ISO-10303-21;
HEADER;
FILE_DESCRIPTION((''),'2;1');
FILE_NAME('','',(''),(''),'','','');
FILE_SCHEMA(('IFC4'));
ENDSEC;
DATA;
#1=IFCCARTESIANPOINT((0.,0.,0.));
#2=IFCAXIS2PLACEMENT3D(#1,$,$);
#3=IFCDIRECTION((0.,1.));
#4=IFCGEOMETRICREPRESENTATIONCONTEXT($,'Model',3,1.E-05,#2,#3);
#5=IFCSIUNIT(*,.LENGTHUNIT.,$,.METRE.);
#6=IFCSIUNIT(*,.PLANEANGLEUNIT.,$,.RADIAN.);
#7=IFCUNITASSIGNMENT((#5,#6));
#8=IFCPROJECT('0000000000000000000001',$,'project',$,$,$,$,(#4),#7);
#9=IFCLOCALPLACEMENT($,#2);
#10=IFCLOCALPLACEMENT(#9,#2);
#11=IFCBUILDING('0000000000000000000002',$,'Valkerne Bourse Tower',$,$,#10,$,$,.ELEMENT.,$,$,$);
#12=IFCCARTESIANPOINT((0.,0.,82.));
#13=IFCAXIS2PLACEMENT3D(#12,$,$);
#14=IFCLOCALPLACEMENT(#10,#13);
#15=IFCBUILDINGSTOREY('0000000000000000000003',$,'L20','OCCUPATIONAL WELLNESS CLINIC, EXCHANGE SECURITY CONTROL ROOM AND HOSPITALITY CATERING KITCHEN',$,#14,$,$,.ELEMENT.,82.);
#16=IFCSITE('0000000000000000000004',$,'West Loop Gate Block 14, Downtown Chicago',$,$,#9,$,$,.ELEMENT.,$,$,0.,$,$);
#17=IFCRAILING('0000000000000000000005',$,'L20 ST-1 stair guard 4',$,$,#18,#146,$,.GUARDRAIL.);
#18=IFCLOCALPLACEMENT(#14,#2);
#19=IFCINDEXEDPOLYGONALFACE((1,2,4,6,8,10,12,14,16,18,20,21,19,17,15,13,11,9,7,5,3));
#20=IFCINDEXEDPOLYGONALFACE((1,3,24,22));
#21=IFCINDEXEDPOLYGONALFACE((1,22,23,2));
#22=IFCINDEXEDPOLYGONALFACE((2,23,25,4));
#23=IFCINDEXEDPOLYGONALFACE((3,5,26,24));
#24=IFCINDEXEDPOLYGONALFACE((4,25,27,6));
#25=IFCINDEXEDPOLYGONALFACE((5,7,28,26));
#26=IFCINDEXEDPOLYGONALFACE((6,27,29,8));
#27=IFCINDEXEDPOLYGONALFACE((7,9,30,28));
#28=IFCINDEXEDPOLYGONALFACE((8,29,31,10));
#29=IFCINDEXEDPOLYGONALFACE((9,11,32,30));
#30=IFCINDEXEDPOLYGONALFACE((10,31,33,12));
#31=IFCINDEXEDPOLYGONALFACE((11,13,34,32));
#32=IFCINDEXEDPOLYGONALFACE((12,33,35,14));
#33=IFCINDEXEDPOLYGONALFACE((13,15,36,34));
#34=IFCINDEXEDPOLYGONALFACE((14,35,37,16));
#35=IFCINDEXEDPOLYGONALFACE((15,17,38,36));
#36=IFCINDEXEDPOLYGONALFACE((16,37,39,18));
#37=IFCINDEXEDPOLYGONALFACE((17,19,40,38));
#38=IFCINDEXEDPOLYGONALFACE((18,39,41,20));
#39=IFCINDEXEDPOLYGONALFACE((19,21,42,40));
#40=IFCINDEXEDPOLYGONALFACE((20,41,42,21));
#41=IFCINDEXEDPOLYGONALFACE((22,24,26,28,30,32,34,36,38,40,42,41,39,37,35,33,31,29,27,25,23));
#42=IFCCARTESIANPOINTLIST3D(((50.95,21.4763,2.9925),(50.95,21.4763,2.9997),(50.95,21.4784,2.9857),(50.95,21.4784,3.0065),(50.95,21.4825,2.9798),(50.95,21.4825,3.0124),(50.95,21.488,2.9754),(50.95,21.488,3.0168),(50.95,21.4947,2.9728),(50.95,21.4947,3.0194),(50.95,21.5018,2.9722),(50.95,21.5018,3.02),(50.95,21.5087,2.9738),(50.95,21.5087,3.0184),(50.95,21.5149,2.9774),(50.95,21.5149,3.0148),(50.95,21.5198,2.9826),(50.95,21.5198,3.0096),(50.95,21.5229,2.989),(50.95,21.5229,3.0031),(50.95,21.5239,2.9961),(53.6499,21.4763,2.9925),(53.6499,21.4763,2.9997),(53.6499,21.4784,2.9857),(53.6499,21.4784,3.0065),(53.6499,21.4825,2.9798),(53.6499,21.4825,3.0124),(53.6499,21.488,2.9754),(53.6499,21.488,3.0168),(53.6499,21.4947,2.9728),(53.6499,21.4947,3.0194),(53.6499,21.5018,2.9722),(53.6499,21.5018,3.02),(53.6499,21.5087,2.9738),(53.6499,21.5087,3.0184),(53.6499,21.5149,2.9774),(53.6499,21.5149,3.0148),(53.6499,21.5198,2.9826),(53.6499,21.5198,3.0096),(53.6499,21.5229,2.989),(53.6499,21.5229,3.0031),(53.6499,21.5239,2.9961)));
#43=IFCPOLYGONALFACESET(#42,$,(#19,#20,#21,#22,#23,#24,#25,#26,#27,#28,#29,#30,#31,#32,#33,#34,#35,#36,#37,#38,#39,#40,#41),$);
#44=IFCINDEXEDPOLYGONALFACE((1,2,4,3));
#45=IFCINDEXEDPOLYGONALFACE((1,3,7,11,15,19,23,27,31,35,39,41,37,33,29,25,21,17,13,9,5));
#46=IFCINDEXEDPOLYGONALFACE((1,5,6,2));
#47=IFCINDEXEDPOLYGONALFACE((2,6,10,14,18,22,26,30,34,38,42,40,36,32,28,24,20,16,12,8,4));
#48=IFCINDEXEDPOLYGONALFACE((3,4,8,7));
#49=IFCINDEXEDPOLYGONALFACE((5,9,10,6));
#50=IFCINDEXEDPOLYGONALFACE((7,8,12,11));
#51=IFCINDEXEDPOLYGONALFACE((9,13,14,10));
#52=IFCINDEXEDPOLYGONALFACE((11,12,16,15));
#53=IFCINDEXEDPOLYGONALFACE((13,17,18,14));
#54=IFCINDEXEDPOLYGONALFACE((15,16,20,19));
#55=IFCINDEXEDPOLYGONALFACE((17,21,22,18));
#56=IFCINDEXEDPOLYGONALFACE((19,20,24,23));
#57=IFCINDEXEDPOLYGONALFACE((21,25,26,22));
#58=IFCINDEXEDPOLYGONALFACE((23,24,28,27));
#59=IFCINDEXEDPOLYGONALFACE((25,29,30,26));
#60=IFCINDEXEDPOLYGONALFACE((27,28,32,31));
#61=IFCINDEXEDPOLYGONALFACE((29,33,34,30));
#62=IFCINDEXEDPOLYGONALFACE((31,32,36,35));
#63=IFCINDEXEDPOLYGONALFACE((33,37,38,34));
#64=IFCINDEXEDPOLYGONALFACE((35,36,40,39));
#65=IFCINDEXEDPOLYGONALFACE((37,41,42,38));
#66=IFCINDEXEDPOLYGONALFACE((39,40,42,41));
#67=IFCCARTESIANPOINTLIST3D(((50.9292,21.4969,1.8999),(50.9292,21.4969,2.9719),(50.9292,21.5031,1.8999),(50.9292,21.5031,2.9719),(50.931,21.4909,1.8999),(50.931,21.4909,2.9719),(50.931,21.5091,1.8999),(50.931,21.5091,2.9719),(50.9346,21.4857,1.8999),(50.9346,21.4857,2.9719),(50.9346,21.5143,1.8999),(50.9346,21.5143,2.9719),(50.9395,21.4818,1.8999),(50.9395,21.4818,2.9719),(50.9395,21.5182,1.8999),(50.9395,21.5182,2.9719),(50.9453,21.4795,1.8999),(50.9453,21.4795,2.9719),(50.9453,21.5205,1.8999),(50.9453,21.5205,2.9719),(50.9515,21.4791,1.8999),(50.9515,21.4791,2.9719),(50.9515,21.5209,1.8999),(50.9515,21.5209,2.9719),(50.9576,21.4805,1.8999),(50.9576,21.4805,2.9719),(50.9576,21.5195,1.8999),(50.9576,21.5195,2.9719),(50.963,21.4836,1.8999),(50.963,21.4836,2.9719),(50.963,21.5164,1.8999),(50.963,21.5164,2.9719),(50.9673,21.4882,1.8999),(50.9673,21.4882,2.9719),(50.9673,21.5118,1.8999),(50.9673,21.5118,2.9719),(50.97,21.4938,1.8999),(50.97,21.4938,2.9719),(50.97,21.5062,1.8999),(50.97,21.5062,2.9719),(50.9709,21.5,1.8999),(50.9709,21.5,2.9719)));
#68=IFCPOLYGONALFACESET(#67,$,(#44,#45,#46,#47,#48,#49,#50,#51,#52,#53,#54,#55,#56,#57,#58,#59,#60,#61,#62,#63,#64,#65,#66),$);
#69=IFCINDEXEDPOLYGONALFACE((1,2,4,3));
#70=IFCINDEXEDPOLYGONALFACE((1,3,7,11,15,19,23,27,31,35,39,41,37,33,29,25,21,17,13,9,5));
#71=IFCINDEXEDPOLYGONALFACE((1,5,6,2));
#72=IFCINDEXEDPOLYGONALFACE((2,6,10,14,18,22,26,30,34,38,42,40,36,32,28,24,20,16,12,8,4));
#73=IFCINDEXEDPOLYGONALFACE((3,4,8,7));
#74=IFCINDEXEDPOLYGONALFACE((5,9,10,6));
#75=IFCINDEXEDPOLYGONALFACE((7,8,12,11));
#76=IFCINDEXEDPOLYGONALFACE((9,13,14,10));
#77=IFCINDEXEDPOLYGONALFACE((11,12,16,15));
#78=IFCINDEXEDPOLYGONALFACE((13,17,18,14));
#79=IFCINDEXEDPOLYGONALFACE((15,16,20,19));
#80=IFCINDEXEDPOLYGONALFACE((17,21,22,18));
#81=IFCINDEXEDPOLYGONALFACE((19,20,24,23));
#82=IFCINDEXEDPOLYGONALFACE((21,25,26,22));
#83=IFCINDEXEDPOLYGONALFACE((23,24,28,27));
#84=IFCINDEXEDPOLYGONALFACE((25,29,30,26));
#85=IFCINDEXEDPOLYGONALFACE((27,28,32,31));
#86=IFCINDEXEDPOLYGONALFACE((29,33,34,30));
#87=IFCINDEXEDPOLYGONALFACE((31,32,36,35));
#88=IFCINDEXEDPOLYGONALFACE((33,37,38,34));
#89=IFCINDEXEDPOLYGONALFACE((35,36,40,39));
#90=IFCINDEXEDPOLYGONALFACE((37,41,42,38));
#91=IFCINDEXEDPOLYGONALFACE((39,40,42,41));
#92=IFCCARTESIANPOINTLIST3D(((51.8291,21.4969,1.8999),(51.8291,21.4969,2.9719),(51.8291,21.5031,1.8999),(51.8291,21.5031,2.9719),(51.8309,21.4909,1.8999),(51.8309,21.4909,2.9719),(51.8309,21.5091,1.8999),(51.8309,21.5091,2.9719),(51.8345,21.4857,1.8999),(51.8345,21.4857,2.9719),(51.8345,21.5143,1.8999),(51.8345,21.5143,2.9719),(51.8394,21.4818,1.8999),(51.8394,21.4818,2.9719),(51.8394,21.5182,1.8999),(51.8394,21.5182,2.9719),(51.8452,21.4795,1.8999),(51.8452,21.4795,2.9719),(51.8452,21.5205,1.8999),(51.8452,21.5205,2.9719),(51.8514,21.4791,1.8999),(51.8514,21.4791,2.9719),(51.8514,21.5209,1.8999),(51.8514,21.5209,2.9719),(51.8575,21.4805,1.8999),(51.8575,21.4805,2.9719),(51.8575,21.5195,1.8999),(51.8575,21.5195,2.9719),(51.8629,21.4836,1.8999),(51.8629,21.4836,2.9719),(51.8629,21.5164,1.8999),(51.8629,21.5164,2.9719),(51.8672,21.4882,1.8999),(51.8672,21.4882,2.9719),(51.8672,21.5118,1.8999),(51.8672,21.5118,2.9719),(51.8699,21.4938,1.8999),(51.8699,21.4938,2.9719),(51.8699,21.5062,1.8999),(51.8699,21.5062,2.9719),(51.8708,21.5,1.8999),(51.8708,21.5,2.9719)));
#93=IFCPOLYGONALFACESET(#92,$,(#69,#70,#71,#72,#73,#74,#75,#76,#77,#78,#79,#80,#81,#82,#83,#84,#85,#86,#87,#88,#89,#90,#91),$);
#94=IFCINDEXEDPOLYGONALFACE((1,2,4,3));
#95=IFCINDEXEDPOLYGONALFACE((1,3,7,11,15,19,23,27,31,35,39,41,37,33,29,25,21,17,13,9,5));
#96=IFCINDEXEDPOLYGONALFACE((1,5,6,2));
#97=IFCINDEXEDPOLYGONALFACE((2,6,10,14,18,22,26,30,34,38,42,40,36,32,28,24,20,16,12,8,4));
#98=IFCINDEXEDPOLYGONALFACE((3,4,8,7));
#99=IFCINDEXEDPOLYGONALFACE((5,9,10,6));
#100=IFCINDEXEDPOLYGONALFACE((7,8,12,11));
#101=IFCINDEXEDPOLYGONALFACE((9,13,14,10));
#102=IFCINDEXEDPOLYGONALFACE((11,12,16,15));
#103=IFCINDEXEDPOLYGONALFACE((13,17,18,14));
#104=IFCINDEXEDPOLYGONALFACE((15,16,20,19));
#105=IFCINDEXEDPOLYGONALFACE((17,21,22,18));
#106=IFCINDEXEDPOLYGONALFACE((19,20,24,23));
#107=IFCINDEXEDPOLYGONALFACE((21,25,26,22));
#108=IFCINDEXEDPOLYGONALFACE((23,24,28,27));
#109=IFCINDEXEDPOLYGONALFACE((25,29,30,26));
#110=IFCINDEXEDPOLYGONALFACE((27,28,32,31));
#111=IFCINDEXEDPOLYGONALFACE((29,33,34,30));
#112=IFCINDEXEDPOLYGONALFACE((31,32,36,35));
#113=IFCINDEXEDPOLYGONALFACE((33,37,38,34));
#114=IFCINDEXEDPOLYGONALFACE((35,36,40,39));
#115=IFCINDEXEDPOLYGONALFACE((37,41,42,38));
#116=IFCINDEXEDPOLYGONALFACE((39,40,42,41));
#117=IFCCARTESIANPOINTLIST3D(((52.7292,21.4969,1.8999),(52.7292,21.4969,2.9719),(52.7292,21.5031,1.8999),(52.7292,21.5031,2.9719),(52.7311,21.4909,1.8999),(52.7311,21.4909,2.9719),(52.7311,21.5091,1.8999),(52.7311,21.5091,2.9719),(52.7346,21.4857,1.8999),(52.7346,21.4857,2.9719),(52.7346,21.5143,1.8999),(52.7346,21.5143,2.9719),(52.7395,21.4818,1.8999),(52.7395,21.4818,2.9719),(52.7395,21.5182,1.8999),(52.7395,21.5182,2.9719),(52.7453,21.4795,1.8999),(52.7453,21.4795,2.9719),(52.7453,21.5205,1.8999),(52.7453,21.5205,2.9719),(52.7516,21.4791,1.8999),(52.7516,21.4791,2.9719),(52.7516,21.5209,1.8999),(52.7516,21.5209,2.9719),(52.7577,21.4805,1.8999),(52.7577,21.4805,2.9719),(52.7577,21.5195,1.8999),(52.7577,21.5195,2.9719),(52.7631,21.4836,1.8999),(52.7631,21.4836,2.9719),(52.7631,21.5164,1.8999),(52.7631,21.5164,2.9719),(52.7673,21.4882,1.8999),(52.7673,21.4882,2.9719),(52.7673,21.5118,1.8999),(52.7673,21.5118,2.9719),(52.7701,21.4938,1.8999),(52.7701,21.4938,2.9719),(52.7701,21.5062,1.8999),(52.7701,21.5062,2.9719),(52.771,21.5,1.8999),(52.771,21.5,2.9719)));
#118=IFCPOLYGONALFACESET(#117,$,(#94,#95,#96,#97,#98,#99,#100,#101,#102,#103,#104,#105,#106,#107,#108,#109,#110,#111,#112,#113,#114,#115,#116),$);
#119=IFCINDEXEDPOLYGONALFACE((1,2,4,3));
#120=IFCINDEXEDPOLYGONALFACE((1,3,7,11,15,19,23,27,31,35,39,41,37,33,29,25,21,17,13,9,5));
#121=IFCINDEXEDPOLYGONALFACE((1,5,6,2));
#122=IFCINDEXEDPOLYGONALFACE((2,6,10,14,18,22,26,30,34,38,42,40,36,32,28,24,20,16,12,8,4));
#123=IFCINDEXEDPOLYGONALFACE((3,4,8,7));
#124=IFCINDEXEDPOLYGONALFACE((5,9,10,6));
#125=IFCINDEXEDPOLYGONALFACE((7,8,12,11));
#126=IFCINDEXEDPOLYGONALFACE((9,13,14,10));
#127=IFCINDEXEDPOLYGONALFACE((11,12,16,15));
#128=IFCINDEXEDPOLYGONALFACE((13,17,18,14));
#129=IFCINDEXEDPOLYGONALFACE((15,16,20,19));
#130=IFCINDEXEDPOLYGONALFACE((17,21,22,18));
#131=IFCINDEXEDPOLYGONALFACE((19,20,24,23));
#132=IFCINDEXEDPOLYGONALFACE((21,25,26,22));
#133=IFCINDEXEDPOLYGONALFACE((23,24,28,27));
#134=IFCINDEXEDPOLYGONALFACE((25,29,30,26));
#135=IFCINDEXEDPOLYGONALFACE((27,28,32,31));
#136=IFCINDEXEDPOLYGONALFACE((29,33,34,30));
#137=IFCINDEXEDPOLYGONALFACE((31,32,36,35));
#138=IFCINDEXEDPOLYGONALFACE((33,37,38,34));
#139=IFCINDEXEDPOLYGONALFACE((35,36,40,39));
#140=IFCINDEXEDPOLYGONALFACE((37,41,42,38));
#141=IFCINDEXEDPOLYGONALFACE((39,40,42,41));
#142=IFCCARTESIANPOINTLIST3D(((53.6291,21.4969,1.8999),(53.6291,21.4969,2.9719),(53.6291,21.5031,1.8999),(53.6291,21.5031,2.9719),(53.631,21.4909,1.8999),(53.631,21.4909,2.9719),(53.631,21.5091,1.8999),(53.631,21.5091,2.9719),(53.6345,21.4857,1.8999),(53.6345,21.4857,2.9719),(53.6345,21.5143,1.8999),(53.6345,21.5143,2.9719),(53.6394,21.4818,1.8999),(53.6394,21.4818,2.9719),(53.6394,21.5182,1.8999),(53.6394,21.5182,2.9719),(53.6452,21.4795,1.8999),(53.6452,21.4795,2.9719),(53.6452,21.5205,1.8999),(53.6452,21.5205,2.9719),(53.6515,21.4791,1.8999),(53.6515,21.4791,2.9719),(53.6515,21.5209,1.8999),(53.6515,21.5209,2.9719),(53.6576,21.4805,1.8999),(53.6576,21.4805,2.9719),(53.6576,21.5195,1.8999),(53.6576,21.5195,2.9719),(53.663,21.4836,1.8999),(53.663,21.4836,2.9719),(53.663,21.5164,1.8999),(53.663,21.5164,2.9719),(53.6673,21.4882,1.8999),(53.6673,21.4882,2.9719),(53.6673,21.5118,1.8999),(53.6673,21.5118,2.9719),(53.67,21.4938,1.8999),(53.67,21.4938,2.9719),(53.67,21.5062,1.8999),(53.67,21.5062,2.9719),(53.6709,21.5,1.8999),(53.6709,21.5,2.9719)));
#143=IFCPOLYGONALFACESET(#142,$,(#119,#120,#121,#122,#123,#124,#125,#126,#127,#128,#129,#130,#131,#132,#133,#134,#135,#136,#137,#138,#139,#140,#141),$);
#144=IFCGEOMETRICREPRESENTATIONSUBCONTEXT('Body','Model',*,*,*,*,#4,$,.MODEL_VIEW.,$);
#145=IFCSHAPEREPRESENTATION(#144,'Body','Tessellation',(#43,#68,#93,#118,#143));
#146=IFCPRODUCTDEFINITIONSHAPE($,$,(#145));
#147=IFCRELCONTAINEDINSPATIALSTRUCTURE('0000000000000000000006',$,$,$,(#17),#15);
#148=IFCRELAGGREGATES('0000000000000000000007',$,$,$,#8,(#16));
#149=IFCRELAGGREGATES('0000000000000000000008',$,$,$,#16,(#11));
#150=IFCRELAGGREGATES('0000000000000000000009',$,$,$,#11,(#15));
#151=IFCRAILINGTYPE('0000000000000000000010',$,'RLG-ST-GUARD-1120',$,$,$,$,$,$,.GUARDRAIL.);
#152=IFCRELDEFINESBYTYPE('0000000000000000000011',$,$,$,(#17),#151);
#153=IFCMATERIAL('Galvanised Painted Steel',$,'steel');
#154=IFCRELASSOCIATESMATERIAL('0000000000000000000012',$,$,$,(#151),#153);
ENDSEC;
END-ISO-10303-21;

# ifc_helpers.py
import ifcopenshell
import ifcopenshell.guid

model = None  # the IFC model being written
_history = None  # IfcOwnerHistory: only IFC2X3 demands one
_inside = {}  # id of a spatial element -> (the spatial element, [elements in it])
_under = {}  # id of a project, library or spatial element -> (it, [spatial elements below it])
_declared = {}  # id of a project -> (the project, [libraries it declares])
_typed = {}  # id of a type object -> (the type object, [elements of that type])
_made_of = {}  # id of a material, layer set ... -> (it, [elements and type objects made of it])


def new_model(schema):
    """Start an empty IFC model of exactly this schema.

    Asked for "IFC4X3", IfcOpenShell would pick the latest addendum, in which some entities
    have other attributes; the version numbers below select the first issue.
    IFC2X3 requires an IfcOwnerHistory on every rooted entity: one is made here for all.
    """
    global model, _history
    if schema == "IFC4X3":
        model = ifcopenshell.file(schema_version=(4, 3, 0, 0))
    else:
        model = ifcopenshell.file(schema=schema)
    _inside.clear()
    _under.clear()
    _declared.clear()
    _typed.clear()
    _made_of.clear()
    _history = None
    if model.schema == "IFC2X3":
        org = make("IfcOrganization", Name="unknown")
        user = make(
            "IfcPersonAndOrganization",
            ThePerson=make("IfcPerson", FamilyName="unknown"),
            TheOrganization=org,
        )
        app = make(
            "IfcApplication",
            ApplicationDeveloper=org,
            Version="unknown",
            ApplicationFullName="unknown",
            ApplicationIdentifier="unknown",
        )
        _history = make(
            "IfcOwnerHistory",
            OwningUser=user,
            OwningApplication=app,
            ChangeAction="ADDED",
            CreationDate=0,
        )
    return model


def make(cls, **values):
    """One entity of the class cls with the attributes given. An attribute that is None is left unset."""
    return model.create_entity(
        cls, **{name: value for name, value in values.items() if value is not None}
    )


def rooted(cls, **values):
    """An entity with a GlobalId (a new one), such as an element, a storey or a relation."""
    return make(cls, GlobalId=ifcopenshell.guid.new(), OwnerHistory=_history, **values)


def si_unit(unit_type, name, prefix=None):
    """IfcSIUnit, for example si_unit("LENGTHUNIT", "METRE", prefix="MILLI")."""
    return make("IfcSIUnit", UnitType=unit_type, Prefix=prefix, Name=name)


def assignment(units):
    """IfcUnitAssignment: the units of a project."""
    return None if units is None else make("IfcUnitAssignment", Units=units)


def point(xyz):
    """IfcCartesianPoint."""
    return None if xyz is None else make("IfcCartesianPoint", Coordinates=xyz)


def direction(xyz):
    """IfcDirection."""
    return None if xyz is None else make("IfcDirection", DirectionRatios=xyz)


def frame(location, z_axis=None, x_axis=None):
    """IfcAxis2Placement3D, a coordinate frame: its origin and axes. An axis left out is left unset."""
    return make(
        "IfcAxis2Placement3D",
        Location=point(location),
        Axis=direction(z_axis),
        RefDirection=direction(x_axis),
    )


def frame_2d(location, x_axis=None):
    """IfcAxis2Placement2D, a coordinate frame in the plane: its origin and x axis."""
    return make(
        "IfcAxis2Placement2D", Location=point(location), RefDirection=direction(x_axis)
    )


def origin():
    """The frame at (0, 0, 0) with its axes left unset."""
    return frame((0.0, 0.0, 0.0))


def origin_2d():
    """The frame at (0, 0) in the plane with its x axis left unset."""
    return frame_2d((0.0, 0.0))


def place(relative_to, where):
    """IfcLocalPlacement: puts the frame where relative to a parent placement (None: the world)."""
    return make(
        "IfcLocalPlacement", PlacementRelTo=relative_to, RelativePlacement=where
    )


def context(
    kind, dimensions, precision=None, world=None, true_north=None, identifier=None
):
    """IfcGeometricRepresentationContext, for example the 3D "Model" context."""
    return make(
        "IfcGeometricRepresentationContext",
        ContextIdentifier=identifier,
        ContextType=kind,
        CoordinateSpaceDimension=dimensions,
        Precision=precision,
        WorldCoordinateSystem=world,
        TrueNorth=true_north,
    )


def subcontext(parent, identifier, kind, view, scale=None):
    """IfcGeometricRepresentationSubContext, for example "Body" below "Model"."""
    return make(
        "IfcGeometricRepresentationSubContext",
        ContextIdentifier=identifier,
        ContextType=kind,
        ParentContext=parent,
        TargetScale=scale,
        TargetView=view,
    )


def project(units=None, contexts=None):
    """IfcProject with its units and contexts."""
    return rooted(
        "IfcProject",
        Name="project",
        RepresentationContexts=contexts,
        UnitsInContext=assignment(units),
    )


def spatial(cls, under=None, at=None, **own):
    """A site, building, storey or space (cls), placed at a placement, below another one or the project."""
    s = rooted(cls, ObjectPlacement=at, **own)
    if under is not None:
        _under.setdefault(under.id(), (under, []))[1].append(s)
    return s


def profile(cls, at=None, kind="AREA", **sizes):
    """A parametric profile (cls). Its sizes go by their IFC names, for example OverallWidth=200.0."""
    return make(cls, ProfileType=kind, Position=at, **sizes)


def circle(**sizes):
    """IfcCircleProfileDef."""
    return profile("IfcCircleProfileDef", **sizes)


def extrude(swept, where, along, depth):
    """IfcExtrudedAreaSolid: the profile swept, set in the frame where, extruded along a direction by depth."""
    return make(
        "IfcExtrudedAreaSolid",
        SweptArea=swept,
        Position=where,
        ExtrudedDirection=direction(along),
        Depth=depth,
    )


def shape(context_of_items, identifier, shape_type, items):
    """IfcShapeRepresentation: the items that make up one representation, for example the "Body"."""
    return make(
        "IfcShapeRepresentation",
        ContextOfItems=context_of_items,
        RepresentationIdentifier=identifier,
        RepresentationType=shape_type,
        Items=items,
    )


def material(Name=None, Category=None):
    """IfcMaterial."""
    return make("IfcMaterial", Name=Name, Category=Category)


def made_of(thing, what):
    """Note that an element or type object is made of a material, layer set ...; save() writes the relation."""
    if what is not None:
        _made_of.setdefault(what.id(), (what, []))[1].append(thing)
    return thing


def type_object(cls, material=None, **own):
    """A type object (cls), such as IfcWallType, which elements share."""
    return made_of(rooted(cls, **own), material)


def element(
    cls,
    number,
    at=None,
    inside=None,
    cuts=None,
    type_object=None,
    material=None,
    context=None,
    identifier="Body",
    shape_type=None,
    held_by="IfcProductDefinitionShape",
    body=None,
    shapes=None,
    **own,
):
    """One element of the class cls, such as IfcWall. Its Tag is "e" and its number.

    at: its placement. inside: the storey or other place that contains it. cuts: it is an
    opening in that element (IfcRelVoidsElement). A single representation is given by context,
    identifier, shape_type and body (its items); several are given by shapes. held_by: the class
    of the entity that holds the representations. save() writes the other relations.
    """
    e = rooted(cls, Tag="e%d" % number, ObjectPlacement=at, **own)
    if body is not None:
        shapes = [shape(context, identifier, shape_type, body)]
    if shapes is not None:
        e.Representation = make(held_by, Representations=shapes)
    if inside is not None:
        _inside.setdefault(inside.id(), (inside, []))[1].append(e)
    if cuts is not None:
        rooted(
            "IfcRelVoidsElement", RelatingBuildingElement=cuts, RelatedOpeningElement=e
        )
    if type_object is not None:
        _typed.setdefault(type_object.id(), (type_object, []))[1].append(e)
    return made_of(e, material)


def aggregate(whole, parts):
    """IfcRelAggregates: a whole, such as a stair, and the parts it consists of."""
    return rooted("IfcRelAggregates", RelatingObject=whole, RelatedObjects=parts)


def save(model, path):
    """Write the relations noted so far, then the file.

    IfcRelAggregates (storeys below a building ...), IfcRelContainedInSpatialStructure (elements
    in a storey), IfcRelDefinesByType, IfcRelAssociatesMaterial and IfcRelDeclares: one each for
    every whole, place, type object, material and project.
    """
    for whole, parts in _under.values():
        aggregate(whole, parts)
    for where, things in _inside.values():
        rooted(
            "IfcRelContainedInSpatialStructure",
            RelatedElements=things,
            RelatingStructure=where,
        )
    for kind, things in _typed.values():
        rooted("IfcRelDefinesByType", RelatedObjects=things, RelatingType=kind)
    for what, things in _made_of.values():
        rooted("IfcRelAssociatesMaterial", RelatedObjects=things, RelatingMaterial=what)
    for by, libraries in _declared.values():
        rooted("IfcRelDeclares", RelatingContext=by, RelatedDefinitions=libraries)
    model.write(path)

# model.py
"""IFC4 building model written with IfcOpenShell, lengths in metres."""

from ifc_helpers import new_model, si_unit, direction, frame, origin, origin_2d, place, context, subcontext, project, spatial, circle, extrude, material, type_object, element, save


model = new_model("IFC4")

# Units and contexts
model_context = context("Model", 3, precision=1e-05, world=origin(), true_north=direction((0.0, 1.0)))
body_context = subcontext(model_context, "Body", "Model", "MODEL_VIEW")
ifc_project = project(units=[si_unit("LENGTHUNIT", "METRE"), si_unit("PLANEANGLEUNIT", "RADIAN")], contexts=[model_context])

# Site, building, storey
site_placement = place(None, origin())
site = spatial("IfcSite", under=ifc_project, at=site_placement, Name="West Loop Gate Block 14, Downtown Chicago", CompositionType="ELEMENT", RefElevation=0.0)
building_placement = place(site_placement, origin())
building = spatial("IfcBuilding", under=site, at=building_placement, Name="Valkerne Bourse Tower", CompositionType="ELEMENT")
storey_placement = place(building_placement, frame((0.0, 0.0, 82.0)))
storey = spatial("IfcBuildingStorey", under=building, at=storey_placement, Name="L20", Description="OCCUPATIONAL WELLNESS CLINIC, EXCHANGE SECURITY CONTROL ROOM AND HOSPITALITY CATERING KITCHEN", CompositionType="ELEMENT", Elevation=82.0)

# Shared definitions
ifc_material_1 = material(Name="Galvanised Painted Steel", Category="steel")

# Railing
railing_type_1 = type_object("IfcRailingType", Name="RLG-ST-GUARD-1120", PredefinedType="GUARDRAIL", material=ifc_material_1)
railing_1_placement = place(storey_placement, frame((50.95, 21.5, 1.8999)))
element("IfcRailing", 1, at=railing_1_placement, inside=storey, type_object=railing_type_1, Name="L20 ST-1 stair guard 4", PredefinedType="GUARDRAIL", context=body_context, shape_type="SweptSolid", body=[
    extrude(circle(Radius=0.0239, at=origin_2d()), frame((0.0, 0.0, 1.0962), z_axis=(1.0, 0.0, 0.0), x_axis=(0.0, 1.0, 0.0)), (0.0, 0.0, 1.0), 2.7),
    extrude(circle(Radius=0.021, at=origin_2d()), origin(), (0.0, 0.0, 1.0), 1.072),
    extrude(circle(Radius=0.021, at=origin_2d()), frame((0.8999, 0.0, 0.0)), (0.0, 0.0, 1.0), 1.072),
    extrude(circle(Radius=0.021, at=origin_2d()), frame((1.8, 0.0, 0.0)), (0.0, 0.0, 1.0), 1.072),
    extrude(circle(Radius=0.021, at=origin_2d()), frame((2.7, 0.0, 0.0)), (0.0, 0.0, 1.0), 1.072),
])

save(model, "model.ifc")
